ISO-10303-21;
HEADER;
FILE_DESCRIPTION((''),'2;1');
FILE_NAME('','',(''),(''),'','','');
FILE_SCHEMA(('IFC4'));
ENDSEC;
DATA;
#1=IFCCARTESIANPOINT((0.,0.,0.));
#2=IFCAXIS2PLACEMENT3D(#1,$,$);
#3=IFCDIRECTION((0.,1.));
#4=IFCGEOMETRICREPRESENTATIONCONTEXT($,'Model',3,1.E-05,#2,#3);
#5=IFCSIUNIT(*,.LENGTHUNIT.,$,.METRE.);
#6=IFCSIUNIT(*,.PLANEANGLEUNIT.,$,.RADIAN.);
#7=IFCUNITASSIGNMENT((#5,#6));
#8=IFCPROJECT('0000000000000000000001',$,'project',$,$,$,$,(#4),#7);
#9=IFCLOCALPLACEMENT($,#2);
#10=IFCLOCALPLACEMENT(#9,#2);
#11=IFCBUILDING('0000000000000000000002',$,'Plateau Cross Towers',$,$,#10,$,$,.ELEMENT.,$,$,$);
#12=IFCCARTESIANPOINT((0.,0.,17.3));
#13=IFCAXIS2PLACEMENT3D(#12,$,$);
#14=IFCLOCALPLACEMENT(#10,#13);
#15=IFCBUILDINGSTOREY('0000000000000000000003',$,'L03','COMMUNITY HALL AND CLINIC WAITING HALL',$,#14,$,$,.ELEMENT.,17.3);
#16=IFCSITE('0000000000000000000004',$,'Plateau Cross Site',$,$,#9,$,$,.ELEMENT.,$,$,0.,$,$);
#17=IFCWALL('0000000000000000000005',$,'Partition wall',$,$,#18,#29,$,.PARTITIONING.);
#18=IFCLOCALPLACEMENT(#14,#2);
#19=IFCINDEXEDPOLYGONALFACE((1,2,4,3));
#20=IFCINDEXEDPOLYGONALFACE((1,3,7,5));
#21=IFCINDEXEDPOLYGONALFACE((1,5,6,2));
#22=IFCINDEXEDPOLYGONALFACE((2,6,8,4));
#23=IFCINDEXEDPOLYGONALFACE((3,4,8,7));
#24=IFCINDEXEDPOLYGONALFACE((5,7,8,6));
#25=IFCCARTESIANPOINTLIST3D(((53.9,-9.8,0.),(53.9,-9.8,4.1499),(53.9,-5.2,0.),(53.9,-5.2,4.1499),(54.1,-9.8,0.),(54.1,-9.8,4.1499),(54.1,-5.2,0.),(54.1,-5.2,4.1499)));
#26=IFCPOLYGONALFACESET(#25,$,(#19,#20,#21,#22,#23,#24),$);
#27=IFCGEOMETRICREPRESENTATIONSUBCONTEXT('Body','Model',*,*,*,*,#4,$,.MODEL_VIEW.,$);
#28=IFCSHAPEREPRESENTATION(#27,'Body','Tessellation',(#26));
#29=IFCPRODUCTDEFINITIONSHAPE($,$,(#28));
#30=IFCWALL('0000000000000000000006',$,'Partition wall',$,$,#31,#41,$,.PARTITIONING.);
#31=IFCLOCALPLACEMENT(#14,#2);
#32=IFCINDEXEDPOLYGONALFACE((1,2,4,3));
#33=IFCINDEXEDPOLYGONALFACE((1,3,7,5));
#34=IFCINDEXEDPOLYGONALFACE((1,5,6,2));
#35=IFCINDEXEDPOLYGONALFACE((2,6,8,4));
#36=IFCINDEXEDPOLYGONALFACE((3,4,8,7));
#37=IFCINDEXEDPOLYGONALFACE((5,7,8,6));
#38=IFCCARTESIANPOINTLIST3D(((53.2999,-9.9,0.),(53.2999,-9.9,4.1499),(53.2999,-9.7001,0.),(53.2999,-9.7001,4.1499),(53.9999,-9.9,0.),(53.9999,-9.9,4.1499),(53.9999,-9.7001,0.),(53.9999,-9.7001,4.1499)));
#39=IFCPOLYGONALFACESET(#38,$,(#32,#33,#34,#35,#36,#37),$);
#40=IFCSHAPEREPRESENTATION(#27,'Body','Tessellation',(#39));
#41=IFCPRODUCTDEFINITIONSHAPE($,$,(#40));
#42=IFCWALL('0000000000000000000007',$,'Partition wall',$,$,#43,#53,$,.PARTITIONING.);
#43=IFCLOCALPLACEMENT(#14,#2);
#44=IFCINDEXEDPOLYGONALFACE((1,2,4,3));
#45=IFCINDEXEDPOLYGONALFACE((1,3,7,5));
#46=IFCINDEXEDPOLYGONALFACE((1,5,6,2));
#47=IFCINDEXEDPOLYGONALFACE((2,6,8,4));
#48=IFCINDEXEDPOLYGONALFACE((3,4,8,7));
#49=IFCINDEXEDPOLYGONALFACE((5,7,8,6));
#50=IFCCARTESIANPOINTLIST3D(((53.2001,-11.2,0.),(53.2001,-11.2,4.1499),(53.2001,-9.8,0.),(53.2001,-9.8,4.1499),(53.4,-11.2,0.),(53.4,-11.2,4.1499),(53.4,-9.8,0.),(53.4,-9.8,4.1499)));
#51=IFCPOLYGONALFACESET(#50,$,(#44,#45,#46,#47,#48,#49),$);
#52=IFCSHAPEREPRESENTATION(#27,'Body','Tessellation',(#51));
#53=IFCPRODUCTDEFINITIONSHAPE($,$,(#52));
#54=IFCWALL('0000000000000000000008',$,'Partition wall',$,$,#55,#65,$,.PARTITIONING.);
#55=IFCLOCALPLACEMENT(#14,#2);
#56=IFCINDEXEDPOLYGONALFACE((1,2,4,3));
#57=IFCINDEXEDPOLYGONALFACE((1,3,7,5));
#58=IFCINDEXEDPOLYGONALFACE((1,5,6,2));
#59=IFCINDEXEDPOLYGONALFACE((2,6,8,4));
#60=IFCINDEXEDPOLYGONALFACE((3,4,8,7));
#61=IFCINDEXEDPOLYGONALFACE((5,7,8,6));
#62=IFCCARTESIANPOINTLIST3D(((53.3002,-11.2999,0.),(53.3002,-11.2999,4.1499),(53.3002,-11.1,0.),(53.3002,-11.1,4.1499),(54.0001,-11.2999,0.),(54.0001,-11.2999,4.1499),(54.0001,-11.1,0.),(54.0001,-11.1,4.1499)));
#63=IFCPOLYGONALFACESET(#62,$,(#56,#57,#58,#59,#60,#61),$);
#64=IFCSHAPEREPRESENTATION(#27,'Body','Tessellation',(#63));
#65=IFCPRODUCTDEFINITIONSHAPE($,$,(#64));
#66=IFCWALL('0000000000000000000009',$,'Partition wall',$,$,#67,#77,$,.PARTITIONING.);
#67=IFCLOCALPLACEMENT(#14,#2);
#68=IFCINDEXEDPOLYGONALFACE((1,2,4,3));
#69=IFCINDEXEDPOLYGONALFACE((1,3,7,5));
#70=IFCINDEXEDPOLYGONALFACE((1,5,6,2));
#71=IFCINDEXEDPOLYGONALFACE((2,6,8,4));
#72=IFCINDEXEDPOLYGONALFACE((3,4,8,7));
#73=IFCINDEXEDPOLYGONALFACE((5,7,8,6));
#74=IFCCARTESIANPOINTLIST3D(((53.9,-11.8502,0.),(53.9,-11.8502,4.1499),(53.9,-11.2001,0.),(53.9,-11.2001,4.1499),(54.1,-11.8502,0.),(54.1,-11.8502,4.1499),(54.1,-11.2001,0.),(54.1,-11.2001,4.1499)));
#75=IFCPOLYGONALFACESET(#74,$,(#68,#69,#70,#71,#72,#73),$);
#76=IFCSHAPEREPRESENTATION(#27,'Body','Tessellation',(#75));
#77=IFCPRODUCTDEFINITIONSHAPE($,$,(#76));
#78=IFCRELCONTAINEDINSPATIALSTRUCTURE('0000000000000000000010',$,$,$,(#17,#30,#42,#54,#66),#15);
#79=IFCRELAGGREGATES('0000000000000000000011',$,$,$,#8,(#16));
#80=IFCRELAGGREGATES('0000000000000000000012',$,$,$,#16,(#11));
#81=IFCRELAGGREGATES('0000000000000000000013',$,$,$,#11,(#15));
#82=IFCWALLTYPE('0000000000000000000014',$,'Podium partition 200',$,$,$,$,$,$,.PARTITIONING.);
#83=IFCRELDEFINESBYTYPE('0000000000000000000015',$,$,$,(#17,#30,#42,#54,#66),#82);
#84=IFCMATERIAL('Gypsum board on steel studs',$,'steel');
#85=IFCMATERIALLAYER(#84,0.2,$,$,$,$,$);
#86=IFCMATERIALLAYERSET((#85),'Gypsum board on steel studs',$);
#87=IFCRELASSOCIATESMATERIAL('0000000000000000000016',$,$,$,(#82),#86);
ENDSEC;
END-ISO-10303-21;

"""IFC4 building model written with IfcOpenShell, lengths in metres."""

from ifc_helpers import new_model, si_unit, direction, frame, frame_2d, origin, place, context, subcontext, project, spatial, rectangle, extrude, material, layer, layer_set, type_object, element, save


model = new_model("IFC4")

# Units and contexts
model_context = context("Model", 3, precision=1e-05, world=origin(), true_north=direction((0.0, 1.0)))
body_context = subcontext(model_context, "Body", "Model", "MODEL_VIEW")
ifc_project = project(units=[si_unit("LENGTHUNIT", "METRE"), si_unit("PLANEANGLEUNIT", "RADIAN")], contexts=[model_context])

# Site, building, storey
site_placement = place(None, origin())
site = spatial("IfcSite", under=ifc_project, at=site_placement, Name="Plateau Cross Site", CompositionType="ELEMENT", RefElevation=0.0)
building_placement = place(site_placement, origin())
building = spatial("IfcBuilding", under=site, at=building_placement, Name="Plateau Cross Towers", CompositionType="ELEMENT")
storey_placement = place(building_placement, frame((0.0, 0.0, 17.3)))
storey = spatial("IfcBuildingStorey", under=building, at=storey_placement, Name="L03", Description="COMMUNITY HALL AND CLINIC WAITING HALL", CompositionType="ELEMENT", Elevation=17.3)

# Shared definitions
ifc_material_1 = material(Name="Gypsum board on steel studs", Category="steel")
ifc_layer_1 = layer(ifc_material_1, 0.2)
ifc_layer_set_1 = layer_set([ifc_layer_1], Name="Gypsum board on steel studs")
wall_type = type_object("IfcWallType", Name="Podium partition 200", PredefinedType="PARTITIONING", material=ifc_layer_set_1)

# Walls
wall_1_placement = place(storey_placement, frame((54.0, -5.2, 0.0), z_axis=(0.0, 0.0, 1.0), x_axis=(0.0, -1.0, 0.0)))
element("IfcWall", 1, at=wall_1_placement, inside=storey, type_object=wall_type, Name="Partition wall", PredefinedType="PARTITIONING", context=body_context, shape_type="SweptSolid", body=[
    extrude(rectangle(XDim=4.6001, YDim=0.2, at=frame_2d((2.3, 0.0))), origin(), (0.0, 0.0, 1.0), 4.1499),
])
wall_2_placement = place(storey_placement, frame((54.0, -9.8, 0.0), z_axis=(0.0, 0.0, 1.0), x_axis=(-1.0, 0.0, 0.0)))
element("IfcWall", 2, at=wall_2_placement, inside=storey, type_object=wall_type, Name="Partition wall", PredefinedType="PARTITIONING", context=body_context, shape_type="SweptSolid", body=[
    extrude(rectangle(XDim=0.7, YDim=0.2, at=frame_2d((0.3501, 0.0))), origin(), (0.0, 0.0, 1.0), 4.1499),
])
wall_3_placement = place(storey_placement, frame((53.3, -9.8, 0.0), z_axis=(0.0, 0.0, 1.0), x_axis=(0.0, -1.0, 0.0)))
element("IfcWall", 3, at=wall_3_placement, inside=storey, type_object=wall_type, Name="Partition wall", PredefinedType="PARTITIONING", context=body_context, shape_type="SweptSolid", body=[
    extrude(rectangle(XDim=1.3999, YDim=0.2, at=frame_2d((0.7, 0.0))), origin(), (0.0, 0.0, 1.0), 4.1499),
])
wall_4_placement = place(storey_placement, frame((53.3, -11.2, 0.0), z_axis=(0.0, 0.0, 1.0), x_axis=(1.0, 0.0, 0.0)))
element("IfcWall", 4, at=wall_4_placement, inside=storey, type_object=wall_type, Name="Partition wall", PredefinedType="PARTITIONING", context=body_context, shape_type="SweptSolid", body=[
    extrude(rectangle(XDim=0.7, YDim=0.2, at=frame_2d((0.3501, 0.0))), origin(), (0.0, 0.0, 1.0), 4.1499),
])
wall_5_placement = place(storey_placement, frame((54.0, -11.2, 0.0), z_axis=(0.0, 0.0, 1.0), x_axis=(0.0, -1.0, 0.0)))
element("IfcWall", 5, at=wall_5_placement, inside=storey, type_object=wall_type, Name="Partition wall", PredefinedType="PARTITIONING", context=body_context, shape_type="SweptSolid", body=[
    extrude(rectangle(XDim=0.6501, YDim=0.2, at=frame_2d((0.3252, 0.0))), origin(), (0.0, 0.0, 1.0), 4.1499),
])

save(model, "model.ifc")
